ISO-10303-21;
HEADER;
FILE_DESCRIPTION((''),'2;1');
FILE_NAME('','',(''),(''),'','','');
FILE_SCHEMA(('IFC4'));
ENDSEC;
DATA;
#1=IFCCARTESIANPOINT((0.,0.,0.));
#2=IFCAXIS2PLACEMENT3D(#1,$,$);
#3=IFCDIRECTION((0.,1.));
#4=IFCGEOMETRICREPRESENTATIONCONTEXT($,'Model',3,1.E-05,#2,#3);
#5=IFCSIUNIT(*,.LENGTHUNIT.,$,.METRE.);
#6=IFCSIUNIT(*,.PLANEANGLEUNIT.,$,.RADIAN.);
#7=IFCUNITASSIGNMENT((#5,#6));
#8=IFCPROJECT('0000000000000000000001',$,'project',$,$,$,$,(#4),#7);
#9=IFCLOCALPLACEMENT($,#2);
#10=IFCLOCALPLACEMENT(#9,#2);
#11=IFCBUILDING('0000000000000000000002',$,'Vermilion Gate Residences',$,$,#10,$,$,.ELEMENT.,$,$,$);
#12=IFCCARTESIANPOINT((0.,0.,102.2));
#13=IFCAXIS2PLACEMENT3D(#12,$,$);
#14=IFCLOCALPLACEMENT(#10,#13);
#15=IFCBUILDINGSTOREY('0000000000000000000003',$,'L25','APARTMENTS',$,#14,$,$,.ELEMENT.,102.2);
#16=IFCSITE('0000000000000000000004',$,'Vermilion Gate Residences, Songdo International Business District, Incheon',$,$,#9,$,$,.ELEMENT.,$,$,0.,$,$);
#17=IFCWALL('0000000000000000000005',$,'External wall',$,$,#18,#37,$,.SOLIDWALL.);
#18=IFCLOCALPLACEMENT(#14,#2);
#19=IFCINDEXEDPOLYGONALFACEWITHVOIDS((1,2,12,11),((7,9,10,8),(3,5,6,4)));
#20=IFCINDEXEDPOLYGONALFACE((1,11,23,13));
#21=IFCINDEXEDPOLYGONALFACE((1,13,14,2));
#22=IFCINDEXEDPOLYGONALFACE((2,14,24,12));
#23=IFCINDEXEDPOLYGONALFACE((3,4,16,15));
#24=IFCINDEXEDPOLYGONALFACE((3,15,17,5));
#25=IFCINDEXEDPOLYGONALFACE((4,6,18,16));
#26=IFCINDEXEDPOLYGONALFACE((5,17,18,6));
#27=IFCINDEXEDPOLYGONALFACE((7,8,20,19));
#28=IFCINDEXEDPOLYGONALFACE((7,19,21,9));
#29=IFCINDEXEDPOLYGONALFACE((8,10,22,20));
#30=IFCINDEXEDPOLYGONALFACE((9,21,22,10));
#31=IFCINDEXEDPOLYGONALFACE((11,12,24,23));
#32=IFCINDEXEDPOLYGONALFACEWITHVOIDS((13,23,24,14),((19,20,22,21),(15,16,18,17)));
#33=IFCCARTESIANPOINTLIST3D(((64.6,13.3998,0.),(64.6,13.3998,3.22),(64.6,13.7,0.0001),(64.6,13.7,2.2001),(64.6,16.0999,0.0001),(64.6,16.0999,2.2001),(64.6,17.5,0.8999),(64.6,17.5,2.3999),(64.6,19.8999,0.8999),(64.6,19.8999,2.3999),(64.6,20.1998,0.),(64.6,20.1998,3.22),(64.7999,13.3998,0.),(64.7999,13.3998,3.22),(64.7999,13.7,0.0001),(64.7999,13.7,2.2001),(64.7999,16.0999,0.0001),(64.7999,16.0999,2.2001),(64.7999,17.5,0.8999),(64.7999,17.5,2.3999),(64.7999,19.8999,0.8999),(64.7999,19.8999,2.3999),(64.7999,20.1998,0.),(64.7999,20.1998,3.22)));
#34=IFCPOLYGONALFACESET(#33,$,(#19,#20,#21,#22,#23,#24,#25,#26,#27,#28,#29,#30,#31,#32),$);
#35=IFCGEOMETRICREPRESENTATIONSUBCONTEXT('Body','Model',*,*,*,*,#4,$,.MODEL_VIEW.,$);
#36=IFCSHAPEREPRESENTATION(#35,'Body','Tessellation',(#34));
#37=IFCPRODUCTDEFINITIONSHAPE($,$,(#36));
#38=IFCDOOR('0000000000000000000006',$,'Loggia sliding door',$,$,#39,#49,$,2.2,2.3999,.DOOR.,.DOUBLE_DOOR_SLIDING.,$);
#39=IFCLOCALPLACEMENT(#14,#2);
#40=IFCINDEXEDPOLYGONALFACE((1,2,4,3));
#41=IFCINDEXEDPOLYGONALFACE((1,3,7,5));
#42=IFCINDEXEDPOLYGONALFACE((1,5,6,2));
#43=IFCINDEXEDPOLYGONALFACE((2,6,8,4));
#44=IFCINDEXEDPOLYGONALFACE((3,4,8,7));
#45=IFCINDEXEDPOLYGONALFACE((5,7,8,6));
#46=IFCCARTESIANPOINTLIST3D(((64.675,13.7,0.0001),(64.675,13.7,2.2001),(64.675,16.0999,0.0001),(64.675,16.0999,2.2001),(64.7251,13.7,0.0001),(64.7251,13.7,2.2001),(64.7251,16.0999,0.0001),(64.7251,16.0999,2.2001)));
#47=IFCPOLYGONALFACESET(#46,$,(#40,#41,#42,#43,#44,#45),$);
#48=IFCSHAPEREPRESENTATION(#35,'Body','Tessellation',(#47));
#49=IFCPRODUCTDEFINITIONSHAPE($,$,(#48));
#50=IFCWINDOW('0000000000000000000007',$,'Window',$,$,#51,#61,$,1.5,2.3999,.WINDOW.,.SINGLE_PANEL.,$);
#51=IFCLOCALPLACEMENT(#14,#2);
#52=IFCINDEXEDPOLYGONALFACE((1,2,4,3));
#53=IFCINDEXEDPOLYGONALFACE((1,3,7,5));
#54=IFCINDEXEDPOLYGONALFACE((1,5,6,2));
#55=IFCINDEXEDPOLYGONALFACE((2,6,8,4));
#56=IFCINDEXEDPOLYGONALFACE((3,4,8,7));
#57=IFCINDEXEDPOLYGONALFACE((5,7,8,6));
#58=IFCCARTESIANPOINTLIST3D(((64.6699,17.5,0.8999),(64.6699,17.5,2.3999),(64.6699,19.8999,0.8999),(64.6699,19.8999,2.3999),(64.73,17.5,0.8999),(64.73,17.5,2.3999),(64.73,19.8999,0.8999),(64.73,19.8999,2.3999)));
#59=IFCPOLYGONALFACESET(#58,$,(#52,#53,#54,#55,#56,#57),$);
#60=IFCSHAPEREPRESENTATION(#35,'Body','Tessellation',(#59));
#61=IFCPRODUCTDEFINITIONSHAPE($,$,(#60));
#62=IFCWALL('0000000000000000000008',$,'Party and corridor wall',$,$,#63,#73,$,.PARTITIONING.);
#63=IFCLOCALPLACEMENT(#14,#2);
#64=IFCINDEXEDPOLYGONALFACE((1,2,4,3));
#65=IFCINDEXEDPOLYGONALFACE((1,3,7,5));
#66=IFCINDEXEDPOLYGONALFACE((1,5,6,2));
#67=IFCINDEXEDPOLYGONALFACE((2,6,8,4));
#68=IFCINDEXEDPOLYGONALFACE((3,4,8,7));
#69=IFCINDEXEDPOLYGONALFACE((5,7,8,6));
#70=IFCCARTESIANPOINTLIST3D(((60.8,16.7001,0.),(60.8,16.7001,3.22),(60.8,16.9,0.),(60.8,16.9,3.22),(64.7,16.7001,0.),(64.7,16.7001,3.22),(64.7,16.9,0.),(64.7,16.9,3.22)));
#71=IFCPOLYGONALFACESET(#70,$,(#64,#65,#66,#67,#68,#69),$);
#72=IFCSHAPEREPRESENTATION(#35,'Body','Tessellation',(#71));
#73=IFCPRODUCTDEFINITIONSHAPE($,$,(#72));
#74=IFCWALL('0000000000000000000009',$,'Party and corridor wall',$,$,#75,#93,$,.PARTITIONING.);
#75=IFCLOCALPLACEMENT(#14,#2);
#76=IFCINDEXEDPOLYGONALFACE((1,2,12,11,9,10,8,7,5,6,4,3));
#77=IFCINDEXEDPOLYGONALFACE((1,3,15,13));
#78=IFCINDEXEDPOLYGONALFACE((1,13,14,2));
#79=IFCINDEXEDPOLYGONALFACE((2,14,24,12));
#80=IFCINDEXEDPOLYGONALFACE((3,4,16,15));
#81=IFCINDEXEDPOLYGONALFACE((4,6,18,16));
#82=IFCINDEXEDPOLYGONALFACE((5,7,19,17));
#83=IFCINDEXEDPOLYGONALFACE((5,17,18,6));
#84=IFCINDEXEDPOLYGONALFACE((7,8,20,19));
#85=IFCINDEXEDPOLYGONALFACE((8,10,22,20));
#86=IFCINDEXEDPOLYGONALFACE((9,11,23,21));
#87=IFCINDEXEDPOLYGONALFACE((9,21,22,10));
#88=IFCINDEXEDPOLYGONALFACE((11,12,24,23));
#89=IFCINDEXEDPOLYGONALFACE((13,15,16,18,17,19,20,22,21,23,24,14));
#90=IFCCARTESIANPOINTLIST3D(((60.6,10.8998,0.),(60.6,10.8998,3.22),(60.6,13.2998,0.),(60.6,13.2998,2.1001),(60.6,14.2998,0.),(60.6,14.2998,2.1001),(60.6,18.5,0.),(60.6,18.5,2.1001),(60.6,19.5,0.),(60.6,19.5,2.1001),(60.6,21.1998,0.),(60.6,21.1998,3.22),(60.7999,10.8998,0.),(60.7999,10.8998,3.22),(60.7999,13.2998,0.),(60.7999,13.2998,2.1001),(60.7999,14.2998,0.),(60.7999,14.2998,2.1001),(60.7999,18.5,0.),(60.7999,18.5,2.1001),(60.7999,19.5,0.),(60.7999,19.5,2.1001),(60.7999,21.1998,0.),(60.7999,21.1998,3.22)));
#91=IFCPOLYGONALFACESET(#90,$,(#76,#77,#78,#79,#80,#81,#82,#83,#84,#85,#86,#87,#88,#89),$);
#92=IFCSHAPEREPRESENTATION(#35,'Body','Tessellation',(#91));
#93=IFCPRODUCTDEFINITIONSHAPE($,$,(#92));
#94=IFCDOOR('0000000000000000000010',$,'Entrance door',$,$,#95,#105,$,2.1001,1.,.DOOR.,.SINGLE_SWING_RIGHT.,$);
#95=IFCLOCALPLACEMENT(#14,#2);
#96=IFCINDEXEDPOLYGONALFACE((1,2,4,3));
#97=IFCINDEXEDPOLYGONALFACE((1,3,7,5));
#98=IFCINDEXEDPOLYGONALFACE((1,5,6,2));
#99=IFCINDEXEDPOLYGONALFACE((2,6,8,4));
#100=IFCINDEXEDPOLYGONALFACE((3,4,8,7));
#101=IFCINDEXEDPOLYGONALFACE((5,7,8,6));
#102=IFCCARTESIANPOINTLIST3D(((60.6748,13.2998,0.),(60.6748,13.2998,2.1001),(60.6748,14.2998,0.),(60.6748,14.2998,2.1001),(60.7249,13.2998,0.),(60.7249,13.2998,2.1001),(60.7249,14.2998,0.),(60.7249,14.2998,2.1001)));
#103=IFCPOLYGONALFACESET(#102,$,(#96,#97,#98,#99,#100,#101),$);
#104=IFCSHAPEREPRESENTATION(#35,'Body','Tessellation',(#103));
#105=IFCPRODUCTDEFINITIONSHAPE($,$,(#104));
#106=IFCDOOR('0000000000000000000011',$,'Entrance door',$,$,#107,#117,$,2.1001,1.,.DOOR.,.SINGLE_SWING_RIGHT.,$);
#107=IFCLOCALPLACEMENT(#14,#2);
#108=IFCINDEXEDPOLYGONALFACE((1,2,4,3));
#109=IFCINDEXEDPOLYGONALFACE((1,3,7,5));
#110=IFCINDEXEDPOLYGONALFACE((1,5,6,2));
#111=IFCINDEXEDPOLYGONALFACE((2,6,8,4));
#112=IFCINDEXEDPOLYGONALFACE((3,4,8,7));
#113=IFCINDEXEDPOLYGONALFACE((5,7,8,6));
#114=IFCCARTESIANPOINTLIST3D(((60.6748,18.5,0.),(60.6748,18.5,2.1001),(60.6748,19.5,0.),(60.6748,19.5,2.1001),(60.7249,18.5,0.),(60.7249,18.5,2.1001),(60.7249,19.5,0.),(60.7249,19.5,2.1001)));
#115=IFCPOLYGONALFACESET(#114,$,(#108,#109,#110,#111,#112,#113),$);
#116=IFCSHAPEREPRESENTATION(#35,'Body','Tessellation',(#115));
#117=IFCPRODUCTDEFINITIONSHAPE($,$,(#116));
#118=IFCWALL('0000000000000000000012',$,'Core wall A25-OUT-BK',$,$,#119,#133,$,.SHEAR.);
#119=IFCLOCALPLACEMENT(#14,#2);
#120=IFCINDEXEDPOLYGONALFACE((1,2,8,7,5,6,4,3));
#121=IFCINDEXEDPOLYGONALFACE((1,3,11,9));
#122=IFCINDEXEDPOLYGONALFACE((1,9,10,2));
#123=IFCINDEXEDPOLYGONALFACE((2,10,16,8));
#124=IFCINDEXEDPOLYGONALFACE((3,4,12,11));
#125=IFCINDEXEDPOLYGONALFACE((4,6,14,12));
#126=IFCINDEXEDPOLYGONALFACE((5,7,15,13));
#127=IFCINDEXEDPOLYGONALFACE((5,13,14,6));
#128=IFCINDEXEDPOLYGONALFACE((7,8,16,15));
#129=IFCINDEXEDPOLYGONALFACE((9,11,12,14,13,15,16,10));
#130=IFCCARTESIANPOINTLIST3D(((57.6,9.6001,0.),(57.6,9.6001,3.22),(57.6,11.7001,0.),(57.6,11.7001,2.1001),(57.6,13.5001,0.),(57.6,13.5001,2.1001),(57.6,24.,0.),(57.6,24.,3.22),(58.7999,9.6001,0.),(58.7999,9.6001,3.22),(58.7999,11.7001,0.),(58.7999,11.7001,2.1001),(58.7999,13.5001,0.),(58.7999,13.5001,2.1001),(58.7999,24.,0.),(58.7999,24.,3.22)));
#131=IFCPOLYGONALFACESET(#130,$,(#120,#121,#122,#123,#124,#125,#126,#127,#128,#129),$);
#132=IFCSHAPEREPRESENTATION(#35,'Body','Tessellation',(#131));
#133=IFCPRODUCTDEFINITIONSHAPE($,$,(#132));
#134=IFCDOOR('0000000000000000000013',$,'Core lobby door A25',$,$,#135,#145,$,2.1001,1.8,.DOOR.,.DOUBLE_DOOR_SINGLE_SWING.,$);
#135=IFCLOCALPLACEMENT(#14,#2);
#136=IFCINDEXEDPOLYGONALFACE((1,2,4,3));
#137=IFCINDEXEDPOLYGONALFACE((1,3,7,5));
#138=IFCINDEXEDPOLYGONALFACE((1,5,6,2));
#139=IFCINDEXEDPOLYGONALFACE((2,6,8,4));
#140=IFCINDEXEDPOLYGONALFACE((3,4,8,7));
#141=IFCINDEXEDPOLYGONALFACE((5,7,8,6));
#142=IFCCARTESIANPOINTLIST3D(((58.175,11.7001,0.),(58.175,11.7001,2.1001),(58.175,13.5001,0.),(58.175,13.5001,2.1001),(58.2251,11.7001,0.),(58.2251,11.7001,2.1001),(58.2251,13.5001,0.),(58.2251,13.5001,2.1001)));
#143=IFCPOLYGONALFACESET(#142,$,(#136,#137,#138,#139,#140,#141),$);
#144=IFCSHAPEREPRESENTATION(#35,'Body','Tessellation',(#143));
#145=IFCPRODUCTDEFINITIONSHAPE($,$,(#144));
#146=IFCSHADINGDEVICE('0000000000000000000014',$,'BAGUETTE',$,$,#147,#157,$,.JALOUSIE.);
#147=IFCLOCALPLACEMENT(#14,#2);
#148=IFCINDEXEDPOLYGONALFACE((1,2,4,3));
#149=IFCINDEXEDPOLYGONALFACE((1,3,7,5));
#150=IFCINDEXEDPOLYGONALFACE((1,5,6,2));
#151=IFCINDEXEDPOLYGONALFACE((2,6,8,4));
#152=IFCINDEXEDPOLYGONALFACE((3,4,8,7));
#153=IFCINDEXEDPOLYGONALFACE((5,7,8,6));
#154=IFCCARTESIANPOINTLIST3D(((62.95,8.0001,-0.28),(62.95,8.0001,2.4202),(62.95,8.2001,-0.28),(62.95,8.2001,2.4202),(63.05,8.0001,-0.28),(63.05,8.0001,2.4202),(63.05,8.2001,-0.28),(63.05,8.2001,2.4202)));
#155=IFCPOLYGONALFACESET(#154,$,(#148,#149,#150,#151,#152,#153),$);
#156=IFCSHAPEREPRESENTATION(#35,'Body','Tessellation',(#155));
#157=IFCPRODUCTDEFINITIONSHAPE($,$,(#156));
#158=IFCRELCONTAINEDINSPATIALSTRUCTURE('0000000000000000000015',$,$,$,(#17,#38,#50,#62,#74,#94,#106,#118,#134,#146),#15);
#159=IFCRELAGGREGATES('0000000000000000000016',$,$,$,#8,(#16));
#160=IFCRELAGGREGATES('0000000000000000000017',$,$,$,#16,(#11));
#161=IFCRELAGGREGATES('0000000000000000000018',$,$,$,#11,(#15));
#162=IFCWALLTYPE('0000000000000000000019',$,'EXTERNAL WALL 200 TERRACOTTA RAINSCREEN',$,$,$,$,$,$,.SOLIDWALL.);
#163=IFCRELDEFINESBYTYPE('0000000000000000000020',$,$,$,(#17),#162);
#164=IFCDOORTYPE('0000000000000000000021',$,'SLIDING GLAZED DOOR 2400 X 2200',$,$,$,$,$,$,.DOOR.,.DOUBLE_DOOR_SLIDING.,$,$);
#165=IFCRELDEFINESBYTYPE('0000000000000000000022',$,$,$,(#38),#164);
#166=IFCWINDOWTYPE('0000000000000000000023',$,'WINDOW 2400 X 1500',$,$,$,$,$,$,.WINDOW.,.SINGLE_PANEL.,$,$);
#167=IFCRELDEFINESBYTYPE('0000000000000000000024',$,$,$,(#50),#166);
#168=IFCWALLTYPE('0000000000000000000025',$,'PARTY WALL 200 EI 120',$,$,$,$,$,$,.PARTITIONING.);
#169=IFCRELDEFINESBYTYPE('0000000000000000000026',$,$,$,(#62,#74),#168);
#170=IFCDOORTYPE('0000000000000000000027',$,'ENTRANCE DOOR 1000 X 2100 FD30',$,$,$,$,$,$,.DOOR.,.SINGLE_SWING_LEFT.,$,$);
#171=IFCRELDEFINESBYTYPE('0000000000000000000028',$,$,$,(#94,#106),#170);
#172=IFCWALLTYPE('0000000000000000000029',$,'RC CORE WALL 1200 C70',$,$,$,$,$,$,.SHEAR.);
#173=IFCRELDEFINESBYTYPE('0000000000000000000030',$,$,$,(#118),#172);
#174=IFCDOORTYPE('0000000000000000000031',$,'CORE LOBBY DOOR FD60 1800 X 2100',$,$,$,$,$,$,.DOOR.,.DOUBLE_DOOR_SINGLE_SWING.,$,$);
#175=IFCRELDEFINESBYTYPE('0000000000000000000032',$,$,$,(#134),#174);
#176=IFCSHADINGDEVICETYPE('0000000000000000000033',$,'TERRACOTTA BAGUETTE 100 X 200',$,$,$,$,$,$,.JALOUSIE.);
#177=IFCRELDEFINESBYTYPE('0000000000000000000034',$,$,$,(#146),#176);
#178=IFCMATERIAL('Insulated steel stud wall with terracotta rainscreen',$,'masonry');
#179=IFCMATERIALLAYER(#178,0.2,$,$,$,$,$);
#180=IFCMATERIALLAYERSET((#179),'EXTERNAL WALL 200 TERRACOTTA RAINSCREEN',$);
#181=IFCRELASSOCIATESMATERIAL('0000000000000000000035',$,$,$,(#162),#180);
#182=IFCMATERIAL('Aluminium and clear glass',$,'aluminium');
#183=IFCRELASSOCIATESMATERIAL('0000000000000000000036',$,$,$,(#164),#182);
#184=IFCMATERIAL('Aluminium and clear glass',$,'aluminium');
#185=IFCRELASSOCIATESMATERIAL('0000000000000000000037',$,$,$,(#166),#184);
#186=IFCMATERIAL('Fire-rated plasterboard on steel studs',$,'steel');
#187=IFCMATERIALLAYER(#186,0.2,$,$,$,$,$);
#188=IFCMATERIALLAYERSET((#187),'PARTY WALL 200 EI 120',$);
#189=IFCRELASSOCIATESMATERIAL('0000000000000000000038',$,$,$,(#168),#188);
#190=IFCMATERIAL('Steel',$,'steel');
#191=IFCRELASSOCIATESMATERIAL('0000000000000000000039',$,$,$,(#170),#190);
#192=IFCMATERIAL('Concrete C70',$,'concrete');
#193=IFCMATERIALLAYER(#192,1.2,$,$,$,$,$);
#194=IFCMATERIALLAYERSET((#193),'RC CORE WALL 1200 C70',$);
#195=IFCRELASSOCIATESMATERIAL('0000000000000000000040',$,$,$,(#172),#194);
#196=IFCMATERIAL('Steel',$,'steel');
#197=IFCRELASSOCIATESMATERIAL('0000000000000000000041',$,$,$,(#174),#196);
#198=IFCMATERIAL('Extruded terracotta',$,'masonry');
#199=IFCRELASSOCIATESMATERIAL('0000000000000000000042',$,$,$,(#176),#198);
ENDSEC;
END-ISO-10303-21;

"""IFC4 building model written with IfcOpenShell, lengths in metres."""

from ifc_helpers import new_model, si_unit, direction, frame, frame_2d, origin, origin_2d, place, context, subcontext, project, spatial, rectangle, extrude, material, layer, layer_set, material_profile, profile_set, type_object, element, fill, save


model = new_model("IFC4")

# Units and contexts
model_context = context("Model", 3, precision=1e-05, world=origin(), true_north=direction((0.0, 1.0)))
body_context = subcontext(model_context, "Body", "Model", "MODEL_VIEW")
ifc_project = project(units=[si_unit("LENGTHUNIT", "METRE"), si_unit("PLANEANGLEUNIT", "RADIAN")], contexts=[model_context])

# Site, building, storey
site_placement = place(None, origin())
site = spatial("IfcSite", under=ifc_project, at=site_placement, Name="Vermilion Gate Residences, Songdo International Business District, Incheon", CompositionType="ELEMENT", RefElevation=0.0)
building_placement = place(site_placement, origin())
building = spatial("IfcBuilding", under=site, at=building_placement, Name="Vermilion Gate Residences", CompositionType="ELEMENT")
storey_placement = place(building_placement, frame((0.0, 0.0, 102.2)))
storey = spatial("IfcBuildingStorey", under=building, at=storey_placement, Name="L25", Description="APARTMENTS", CompositionType="ELEMENT", Elevation=102.2)

# Shared definitions
ifc_material_1 = material(Name="Insulated steel stud wall with terracotta rainscreen", Category="masonry")
ifc_layer_1 = layer(ifc_material_1, 0.2)
ifc_layer_set_1 = layer_set([ifc_layer_1], Name="EXTERNAL WALL 200 TERRACOTTA RAINSCREEN")
wall_type_1 = type_object("IfcWallType", Name="EXTERNAL WALL 200 TERRACOTTA RAINSCREEN", PredefinedType="SOLIDWALL", material=ifc_layer_set_1)

# Wall, openings, door, window
wall_1_placement = place(storey_placement, frame((64.7, 13.3999, 0.0), z_axis=(0.0, 0.0, 1.0), x_axis=(0.0, 1.0, 0.0)))
wall_1 = element("IfcWall", 1, at=wall_1_placement, inside=storey, type_object=wall_type_1, Name="External wall", PredefinedType="SOLIDWALL", context=body_context, shape_type="SweptSolid", body=[
    extrude(rectangle(XDim=6.8, YDim=0.2, at=frame_2d((3.3999, 0.0))), origin(), (0.0, 0.0, 1.0), 3.22),
])
opening_1_placement = place(wall_1_placement, frame((4.1001, 0.0, 0.8999)))
opening_1 = element("IfcOpeningElement", 2, at=opening_1_placement, cuts=wall_1, PredefinedType="OPENING", context=body_context, shape_type="SweptSolid", body=[
    extrude(rectangle(XDim=2.3999, YDim=1.5, at=frame_2d((1.2, 0.75))), frame((0.0, 0.1099, 0.0), z_axis=(0.0, -1.0, 0.0), x_axis=(1.0, 0.0, 0.0)), (0.0, 0.0, 1.0), 0.22),
])
opening_2_placement = place(wall_1_placement, frame((0.3, 0.0, 0.0)))
opening_2 = element("IfcOpeningElement", 3, at=opening_2_placement, cuts=wall_1, PredefinedType="OPENING", context=body_context, shape_type="SweptSolid", body=[
    extrude(rectangle(XDim=2.3999, YDim=2.2, at=frame_2d((1.2, 1.1001))), frame((0.0, 0.1099, 0.0), z_axis=(0.0, -1.0, 0.0), x_axis=(1.0, 0.0, 0.0)), (0.0, 0.0, 1.0), 0.22),
])
ifc_material_2 = material(Name="Aluminium and clear glass", Category="aluminium")
door_type_1 = type_object("IfcDoorType", Name="SLIDING GLAZED DOOR 2400 X 2200", OperationType="DOUBLE_DOOR_SLIDING", PredefinedType="DOOR", material=ifc_material_2)
door_1_placement = place(opening_2_placement, origin())
door_1 = element("IfcDoor", 4, at=door_1_placement, inside=storey, type_object=door_type_1, Name="Loggia sliding door", OperationType="DOUBLE_DOOR_SLIDING", OverallHeight=2.2, OverallWidth=2.3999, PredefinedType="DOOR", context=body_context, shape_type="SweptSolid", body=[
    extrude(rectangle(XDim=2.3999, YDim=2.2, at=frame_2d((1.2, 1.1001))), frame((0.0, 0.0249, 0.0), z_axis=(0.0, -1.0, 0.0), x_axis=(1.0, 0.0, 0.0)), (0.0, 0.0, 1.0), 0.05),
])
fill(opening_2, door_1)
ifc_material_3 = material(Name="Aluminium and clear glass", Category="aluminium")
window_type_1 = type_object("IfcWindowType", Name="WINDOW 2400 X 1500", PartitioningType="SINGLE_PANEL", PredefinedType="WINDOW", material=ifc_material_3)
window_1_placement = place(opening_1_placement, origin())
window_1 = element("IfcWindow", 5, at=window_1_placement, inside=storey, type_object=window_type_1, Name="Window", OverallHeight=1.5, OverallWidth=2.3999, PartitioningType="SINGLE_PANEL", PredefinedType="WINDOW", context=body_context, shape_type="SweptSolid", body=[
    extrude(rectangle(XDim=2.3999, YDim=1.5, at=frame_2d((1.2, 0.75))), frame((0.0, 0.03, 0.0), z_axis=(0.0, -1.0, 0.0), x_axis=(1.0, 0.0, 0.0)), (0.0, 0.0, 1.0), 0.0601),
])
fill(opening_1, window_1)

# Wall
ifc_material_4 = material(Name="Fire-rated plasterboard on steel studs", Category="steel")
ifc_layer_2 = layer(ifc_material_4, 0.2)
ifc_layer_set_2 = layer_set([ifc_layer_2], Name="PARTY WALL 200 EI 120")
wall_type_2 = type_object("IfcWallType", Name="PARTY WALL 200 EI 120", PredefinedType="PARTITIONING", material=ifc_layer_set_2)
wall_2_placement = place(storey_placement, frame((60.8, 16.8, 0.0), z_axis=(0.0, 0.0, 1.0), x_axis=(1.0, 0.0, 0.0)))
element("IfcWall", 6, at=wall_2_placement, inside=storey, type_object=wall_type_2, Name="Party and corridor wall", PredefinedType="PARTITIONING", context=body_context, shape_type="SweptSolid", body=[
    extrude(rectangle(XDim=3.8999, YDim=0.2, at=frame_2d((1.95, 0.0))), origin(), (0.0, 0.0, 1.0), 3.22),
])

# Wall, openings, doors
wall_3_placement = place(storey_placement, frame((60.7, 10.8999, 0.0), z_axis=(0.0, 0.0, 1.0), x_axis=(0.0, 1.0, 0.0)))
wall_3 = element("IfcWall", 7, at=wall_3_placement, inside=storey, type_object=wall_type_2, Name="Party and corridor wall", PredefinedType="PARTITIONING", context=body_context, shape_type="SweptSolid", body=[
    extrude(rectangle(XDim=10.3, YDim=0.2, at=frame_2d((5.1499, 0.0))), origin(), (0.0, 0.0, 1.0), 3.22),
])
opening_3_placement = place(wall_3_placement, frame((2.3999, 0.0, 0.0)))
opening_3 = element("IfcOpeningElement", 8, at=opening_3_placement, cuts=wall_3, PredefinedType="OPENING", context=body_context, shape_type="SweptSolid", body=[
    extrude(rectangle(XDim=1.0, YDim=2.1001, at=frame_2d((0.5, 1.05))), frame((0.0, 0.1099, 0.0), z_axis=(0.0, -1.0, 0.0), x_axis=(1.0, 0.0, 0.0)), (0.0, 0.0, 1.0), 0.22),
])
opening_4_placement = place(wall_3_placement, frame((7.6001, 0.0, 0.0)))
opening_4 = element("IfcOpeningElement", 9, at=opening_4_placement, cuts=wall_3, PredefinedType="OPENING", context=body_context, shape_type="SweptSolid", body=[
    extrude(rectangle(XDim=1.0, YDim=2.1001, at=frame_2d((0.5, 1.05))), frame((0.0, 0.1099, 0.0), z_axis=(0.0, -1.0, 0.0), x_axis=(1.0, 0.0, 0.0)), (0.0, 0.0, 1.0), 0.22),
])
ifc_material_5 = material(Name="Steel", Category="steel")
door_type_2 = type_object("IfcDoorType", Name="ENTRANCE DOOR 1000 X 2100 FD30", OperationType="SINGLE_SWING_LEFT", PredefinedType="DOOR", material=ifc_material_5)
door_2_placement = place(opening_3_placement, frame((1.0, 0.0, 0.0), z_axis=(0.0, 0.0, 1.0), x_axis=(-1.0, 0.0, 0.0)))
door_2 = element("IfcDoor", 10, at=door_2_placement, inside=storey, type_object=door_type_2, Name="Entrance door", OperationType="SINGLE_SWING_RIGHT", OverallHeight=2.1001, OverallWidth=1.0, PredefinedType="DOOR", context=body_context, shape_type="SweptSolid", body=[
    extrude(rectangle(XDim=1.0, YDim=2.1001, at=frame_2d((0.5, 1.05))), frame((0.0, 0.0249, 0.0), z_axis=(0.0, -1.0, 0.0), x_axis=(1.0, 0.0, 0.0)), (0.0, 0.0, 1.0), 0.05),
])
fill(opening_3, door_2)
door_3_placement = place(opening_4_placement, frame((1.0, 0.0, 0.0), z_axis=(0.0, 0.0, 1.0), x_axis=(-1.0, 0.0, 0.0)))
door_3 = element("IfcDoor", 11, at=door_3_placement, inside=storey, type_object=door_type_2, Name="Entrance door", OperationType="SINGLE_SWING_RIGHT", OverallHeight=2.1001, OverallWidth=1.0, PredefinedType="DOOR", context=body_context, shape_type="SweptSolid", body=[
    extrude(rectangle(XDim=1.0, YDim=2.1001, at=frame_2d((0.5, 1.05))), frame((0.0, 0.0249, 0.0), z_axis=(0.0, -1.0, 0.0), x_axis=(1.0, 0.0, 0.0)), (0.0, 0.0, 1.0), 0.05),
])
fill(opening_4, door_3)

# Wall, opening, door
ifc_material_6 = material(Name="Concrete C70", Category="concrete")
ifc_layer_3 = layer(ifc_material_6, 1.2)
ifc_layer_set_3 = layer_set([ifc_layer_3], Name="RC CORE WALL 1200 C70")
wall_type_3 = type_object("IfcWallType", Name="RC CORE WALL 1200 C70", PredefinedType="SHEAR", material=ifc_layer_set_3)
wall_4_placement = place(storey_placement, frame((58.2, 9.6001, 0.0), z_axis=(0.0, 0.0, 1.0), x_axis=(0.0, 1.0, 0.0)))
wall_4 = element("IfcWall", 12, at=wall_4_placement, inside=storey, type_object=wall_type_3, Name="Core wall A25-OUT-BK", PredefinedType="SHEAR", context=body_context, shape_type="SweptSolid", body=[
    extrude(rectangle(XDim=14.3999, YDim=1.2, at=frame_2d((7.2, 0.0))), origin(), (0.0, 0.0, 1.0), 3.22),
])
opening_5_placement = place(wall_4_placement, frame((2.1001, 0.0, 0.0)))
opening_5 = element("IfcOpeningElement", 13, at=opening_5_placement, cuts=wall_4, PredefinedType="OPENING", context=body_context, shape_type="SweptSolid", body=[
    extrude(rectangle(XDim=1.8, YDim=2.1001, at=frame_2d((0.8999, 1.05))), frame((0.0, 0.6099, 0.0), z_axis=(0.0, -1.0, 0.0), x_axis=(1.0, 0.0, 0.0)), (0.0, 0.0, 1.0), 1.22),
])
ifc_material_7 = material(Name="Steel", Category="steel")
door_type_3 = type_object("IfcDoorType", Name="CORE LOBBY DOOR FD60 1800 X 2100", OperationType="DOUBLE_DOOR_SINGLE_SWING", PredefinedType="DOOR", material=ifc_material_7)
door_4_placement = place(opening_5_placement, origin())
door_4 = element("IfcDoor", 14, at=door_4_placement, inside=storey, type_object=door_type_3, Name="Core lobby door A25", OperationType="DOUBLE_DOOR_SINGLE_SWING", OverallHeight=2.1001, OverallWidth=1.8, PredefinedType="DOOR", context=body_context, shape_type="SweptSolid", body=[
    extrude(rectangle(XDim=1.8, YDim=2.1001, at=frame_2d((0.8999, 1.05))), frame((0.0, 0.0249, 0.0), z_axis=(0.0, -1.0, 0.0), x_axis=(1.0, 0.0, 0.0)), (0.0, 0.0, 1.0), 0.05),
])
fill(opening_5, door_4)

# Shading device
ifc_material_8 = material(Name="Extruded terracotta", Category="masonry")
ifc_material_profile_1 = material_profile(ifc_material_8, rectangle(XDim=0.2, YDim=0.1001, at=origin_2d()), Name="BAGUETTE 100 X 200")
ifc_profile_set_1 = profile_set([ifc_material_profile_1], Name="Extruded terracotta")
shading_device_type = type_object("IfcShadingDeviceType", Name="TERRACOTTA BAGUETTE 100 X 200", PredefinedType="JALOUSIE", material=ifc_profile_set_1)
for number, where, z_axis, x_axis, name in (
    (15, (63.0, 8.1001, -0.28), (0.0, 0.0, 1.0), (0.0, 1.0, 0.0), "BAGUETTE"),
):
    element("IfcShadingDevice", number, at=place(storey_placement, frame(where, z_axis=z_axis, x_axis=x_axis)), inside=storey, type_object=shading_device_type, Name=name, PredefinedType="JALOUSIE", context=body_context, shape_type="SweptSolid", body=[
        extrude(rectangle(XDim=0.2, YDim=0.1001, at=origin_2d()), origin(), (0.0, 0.0, 1.0), 2.7002),
    ])

save(model, "model.ifc")
